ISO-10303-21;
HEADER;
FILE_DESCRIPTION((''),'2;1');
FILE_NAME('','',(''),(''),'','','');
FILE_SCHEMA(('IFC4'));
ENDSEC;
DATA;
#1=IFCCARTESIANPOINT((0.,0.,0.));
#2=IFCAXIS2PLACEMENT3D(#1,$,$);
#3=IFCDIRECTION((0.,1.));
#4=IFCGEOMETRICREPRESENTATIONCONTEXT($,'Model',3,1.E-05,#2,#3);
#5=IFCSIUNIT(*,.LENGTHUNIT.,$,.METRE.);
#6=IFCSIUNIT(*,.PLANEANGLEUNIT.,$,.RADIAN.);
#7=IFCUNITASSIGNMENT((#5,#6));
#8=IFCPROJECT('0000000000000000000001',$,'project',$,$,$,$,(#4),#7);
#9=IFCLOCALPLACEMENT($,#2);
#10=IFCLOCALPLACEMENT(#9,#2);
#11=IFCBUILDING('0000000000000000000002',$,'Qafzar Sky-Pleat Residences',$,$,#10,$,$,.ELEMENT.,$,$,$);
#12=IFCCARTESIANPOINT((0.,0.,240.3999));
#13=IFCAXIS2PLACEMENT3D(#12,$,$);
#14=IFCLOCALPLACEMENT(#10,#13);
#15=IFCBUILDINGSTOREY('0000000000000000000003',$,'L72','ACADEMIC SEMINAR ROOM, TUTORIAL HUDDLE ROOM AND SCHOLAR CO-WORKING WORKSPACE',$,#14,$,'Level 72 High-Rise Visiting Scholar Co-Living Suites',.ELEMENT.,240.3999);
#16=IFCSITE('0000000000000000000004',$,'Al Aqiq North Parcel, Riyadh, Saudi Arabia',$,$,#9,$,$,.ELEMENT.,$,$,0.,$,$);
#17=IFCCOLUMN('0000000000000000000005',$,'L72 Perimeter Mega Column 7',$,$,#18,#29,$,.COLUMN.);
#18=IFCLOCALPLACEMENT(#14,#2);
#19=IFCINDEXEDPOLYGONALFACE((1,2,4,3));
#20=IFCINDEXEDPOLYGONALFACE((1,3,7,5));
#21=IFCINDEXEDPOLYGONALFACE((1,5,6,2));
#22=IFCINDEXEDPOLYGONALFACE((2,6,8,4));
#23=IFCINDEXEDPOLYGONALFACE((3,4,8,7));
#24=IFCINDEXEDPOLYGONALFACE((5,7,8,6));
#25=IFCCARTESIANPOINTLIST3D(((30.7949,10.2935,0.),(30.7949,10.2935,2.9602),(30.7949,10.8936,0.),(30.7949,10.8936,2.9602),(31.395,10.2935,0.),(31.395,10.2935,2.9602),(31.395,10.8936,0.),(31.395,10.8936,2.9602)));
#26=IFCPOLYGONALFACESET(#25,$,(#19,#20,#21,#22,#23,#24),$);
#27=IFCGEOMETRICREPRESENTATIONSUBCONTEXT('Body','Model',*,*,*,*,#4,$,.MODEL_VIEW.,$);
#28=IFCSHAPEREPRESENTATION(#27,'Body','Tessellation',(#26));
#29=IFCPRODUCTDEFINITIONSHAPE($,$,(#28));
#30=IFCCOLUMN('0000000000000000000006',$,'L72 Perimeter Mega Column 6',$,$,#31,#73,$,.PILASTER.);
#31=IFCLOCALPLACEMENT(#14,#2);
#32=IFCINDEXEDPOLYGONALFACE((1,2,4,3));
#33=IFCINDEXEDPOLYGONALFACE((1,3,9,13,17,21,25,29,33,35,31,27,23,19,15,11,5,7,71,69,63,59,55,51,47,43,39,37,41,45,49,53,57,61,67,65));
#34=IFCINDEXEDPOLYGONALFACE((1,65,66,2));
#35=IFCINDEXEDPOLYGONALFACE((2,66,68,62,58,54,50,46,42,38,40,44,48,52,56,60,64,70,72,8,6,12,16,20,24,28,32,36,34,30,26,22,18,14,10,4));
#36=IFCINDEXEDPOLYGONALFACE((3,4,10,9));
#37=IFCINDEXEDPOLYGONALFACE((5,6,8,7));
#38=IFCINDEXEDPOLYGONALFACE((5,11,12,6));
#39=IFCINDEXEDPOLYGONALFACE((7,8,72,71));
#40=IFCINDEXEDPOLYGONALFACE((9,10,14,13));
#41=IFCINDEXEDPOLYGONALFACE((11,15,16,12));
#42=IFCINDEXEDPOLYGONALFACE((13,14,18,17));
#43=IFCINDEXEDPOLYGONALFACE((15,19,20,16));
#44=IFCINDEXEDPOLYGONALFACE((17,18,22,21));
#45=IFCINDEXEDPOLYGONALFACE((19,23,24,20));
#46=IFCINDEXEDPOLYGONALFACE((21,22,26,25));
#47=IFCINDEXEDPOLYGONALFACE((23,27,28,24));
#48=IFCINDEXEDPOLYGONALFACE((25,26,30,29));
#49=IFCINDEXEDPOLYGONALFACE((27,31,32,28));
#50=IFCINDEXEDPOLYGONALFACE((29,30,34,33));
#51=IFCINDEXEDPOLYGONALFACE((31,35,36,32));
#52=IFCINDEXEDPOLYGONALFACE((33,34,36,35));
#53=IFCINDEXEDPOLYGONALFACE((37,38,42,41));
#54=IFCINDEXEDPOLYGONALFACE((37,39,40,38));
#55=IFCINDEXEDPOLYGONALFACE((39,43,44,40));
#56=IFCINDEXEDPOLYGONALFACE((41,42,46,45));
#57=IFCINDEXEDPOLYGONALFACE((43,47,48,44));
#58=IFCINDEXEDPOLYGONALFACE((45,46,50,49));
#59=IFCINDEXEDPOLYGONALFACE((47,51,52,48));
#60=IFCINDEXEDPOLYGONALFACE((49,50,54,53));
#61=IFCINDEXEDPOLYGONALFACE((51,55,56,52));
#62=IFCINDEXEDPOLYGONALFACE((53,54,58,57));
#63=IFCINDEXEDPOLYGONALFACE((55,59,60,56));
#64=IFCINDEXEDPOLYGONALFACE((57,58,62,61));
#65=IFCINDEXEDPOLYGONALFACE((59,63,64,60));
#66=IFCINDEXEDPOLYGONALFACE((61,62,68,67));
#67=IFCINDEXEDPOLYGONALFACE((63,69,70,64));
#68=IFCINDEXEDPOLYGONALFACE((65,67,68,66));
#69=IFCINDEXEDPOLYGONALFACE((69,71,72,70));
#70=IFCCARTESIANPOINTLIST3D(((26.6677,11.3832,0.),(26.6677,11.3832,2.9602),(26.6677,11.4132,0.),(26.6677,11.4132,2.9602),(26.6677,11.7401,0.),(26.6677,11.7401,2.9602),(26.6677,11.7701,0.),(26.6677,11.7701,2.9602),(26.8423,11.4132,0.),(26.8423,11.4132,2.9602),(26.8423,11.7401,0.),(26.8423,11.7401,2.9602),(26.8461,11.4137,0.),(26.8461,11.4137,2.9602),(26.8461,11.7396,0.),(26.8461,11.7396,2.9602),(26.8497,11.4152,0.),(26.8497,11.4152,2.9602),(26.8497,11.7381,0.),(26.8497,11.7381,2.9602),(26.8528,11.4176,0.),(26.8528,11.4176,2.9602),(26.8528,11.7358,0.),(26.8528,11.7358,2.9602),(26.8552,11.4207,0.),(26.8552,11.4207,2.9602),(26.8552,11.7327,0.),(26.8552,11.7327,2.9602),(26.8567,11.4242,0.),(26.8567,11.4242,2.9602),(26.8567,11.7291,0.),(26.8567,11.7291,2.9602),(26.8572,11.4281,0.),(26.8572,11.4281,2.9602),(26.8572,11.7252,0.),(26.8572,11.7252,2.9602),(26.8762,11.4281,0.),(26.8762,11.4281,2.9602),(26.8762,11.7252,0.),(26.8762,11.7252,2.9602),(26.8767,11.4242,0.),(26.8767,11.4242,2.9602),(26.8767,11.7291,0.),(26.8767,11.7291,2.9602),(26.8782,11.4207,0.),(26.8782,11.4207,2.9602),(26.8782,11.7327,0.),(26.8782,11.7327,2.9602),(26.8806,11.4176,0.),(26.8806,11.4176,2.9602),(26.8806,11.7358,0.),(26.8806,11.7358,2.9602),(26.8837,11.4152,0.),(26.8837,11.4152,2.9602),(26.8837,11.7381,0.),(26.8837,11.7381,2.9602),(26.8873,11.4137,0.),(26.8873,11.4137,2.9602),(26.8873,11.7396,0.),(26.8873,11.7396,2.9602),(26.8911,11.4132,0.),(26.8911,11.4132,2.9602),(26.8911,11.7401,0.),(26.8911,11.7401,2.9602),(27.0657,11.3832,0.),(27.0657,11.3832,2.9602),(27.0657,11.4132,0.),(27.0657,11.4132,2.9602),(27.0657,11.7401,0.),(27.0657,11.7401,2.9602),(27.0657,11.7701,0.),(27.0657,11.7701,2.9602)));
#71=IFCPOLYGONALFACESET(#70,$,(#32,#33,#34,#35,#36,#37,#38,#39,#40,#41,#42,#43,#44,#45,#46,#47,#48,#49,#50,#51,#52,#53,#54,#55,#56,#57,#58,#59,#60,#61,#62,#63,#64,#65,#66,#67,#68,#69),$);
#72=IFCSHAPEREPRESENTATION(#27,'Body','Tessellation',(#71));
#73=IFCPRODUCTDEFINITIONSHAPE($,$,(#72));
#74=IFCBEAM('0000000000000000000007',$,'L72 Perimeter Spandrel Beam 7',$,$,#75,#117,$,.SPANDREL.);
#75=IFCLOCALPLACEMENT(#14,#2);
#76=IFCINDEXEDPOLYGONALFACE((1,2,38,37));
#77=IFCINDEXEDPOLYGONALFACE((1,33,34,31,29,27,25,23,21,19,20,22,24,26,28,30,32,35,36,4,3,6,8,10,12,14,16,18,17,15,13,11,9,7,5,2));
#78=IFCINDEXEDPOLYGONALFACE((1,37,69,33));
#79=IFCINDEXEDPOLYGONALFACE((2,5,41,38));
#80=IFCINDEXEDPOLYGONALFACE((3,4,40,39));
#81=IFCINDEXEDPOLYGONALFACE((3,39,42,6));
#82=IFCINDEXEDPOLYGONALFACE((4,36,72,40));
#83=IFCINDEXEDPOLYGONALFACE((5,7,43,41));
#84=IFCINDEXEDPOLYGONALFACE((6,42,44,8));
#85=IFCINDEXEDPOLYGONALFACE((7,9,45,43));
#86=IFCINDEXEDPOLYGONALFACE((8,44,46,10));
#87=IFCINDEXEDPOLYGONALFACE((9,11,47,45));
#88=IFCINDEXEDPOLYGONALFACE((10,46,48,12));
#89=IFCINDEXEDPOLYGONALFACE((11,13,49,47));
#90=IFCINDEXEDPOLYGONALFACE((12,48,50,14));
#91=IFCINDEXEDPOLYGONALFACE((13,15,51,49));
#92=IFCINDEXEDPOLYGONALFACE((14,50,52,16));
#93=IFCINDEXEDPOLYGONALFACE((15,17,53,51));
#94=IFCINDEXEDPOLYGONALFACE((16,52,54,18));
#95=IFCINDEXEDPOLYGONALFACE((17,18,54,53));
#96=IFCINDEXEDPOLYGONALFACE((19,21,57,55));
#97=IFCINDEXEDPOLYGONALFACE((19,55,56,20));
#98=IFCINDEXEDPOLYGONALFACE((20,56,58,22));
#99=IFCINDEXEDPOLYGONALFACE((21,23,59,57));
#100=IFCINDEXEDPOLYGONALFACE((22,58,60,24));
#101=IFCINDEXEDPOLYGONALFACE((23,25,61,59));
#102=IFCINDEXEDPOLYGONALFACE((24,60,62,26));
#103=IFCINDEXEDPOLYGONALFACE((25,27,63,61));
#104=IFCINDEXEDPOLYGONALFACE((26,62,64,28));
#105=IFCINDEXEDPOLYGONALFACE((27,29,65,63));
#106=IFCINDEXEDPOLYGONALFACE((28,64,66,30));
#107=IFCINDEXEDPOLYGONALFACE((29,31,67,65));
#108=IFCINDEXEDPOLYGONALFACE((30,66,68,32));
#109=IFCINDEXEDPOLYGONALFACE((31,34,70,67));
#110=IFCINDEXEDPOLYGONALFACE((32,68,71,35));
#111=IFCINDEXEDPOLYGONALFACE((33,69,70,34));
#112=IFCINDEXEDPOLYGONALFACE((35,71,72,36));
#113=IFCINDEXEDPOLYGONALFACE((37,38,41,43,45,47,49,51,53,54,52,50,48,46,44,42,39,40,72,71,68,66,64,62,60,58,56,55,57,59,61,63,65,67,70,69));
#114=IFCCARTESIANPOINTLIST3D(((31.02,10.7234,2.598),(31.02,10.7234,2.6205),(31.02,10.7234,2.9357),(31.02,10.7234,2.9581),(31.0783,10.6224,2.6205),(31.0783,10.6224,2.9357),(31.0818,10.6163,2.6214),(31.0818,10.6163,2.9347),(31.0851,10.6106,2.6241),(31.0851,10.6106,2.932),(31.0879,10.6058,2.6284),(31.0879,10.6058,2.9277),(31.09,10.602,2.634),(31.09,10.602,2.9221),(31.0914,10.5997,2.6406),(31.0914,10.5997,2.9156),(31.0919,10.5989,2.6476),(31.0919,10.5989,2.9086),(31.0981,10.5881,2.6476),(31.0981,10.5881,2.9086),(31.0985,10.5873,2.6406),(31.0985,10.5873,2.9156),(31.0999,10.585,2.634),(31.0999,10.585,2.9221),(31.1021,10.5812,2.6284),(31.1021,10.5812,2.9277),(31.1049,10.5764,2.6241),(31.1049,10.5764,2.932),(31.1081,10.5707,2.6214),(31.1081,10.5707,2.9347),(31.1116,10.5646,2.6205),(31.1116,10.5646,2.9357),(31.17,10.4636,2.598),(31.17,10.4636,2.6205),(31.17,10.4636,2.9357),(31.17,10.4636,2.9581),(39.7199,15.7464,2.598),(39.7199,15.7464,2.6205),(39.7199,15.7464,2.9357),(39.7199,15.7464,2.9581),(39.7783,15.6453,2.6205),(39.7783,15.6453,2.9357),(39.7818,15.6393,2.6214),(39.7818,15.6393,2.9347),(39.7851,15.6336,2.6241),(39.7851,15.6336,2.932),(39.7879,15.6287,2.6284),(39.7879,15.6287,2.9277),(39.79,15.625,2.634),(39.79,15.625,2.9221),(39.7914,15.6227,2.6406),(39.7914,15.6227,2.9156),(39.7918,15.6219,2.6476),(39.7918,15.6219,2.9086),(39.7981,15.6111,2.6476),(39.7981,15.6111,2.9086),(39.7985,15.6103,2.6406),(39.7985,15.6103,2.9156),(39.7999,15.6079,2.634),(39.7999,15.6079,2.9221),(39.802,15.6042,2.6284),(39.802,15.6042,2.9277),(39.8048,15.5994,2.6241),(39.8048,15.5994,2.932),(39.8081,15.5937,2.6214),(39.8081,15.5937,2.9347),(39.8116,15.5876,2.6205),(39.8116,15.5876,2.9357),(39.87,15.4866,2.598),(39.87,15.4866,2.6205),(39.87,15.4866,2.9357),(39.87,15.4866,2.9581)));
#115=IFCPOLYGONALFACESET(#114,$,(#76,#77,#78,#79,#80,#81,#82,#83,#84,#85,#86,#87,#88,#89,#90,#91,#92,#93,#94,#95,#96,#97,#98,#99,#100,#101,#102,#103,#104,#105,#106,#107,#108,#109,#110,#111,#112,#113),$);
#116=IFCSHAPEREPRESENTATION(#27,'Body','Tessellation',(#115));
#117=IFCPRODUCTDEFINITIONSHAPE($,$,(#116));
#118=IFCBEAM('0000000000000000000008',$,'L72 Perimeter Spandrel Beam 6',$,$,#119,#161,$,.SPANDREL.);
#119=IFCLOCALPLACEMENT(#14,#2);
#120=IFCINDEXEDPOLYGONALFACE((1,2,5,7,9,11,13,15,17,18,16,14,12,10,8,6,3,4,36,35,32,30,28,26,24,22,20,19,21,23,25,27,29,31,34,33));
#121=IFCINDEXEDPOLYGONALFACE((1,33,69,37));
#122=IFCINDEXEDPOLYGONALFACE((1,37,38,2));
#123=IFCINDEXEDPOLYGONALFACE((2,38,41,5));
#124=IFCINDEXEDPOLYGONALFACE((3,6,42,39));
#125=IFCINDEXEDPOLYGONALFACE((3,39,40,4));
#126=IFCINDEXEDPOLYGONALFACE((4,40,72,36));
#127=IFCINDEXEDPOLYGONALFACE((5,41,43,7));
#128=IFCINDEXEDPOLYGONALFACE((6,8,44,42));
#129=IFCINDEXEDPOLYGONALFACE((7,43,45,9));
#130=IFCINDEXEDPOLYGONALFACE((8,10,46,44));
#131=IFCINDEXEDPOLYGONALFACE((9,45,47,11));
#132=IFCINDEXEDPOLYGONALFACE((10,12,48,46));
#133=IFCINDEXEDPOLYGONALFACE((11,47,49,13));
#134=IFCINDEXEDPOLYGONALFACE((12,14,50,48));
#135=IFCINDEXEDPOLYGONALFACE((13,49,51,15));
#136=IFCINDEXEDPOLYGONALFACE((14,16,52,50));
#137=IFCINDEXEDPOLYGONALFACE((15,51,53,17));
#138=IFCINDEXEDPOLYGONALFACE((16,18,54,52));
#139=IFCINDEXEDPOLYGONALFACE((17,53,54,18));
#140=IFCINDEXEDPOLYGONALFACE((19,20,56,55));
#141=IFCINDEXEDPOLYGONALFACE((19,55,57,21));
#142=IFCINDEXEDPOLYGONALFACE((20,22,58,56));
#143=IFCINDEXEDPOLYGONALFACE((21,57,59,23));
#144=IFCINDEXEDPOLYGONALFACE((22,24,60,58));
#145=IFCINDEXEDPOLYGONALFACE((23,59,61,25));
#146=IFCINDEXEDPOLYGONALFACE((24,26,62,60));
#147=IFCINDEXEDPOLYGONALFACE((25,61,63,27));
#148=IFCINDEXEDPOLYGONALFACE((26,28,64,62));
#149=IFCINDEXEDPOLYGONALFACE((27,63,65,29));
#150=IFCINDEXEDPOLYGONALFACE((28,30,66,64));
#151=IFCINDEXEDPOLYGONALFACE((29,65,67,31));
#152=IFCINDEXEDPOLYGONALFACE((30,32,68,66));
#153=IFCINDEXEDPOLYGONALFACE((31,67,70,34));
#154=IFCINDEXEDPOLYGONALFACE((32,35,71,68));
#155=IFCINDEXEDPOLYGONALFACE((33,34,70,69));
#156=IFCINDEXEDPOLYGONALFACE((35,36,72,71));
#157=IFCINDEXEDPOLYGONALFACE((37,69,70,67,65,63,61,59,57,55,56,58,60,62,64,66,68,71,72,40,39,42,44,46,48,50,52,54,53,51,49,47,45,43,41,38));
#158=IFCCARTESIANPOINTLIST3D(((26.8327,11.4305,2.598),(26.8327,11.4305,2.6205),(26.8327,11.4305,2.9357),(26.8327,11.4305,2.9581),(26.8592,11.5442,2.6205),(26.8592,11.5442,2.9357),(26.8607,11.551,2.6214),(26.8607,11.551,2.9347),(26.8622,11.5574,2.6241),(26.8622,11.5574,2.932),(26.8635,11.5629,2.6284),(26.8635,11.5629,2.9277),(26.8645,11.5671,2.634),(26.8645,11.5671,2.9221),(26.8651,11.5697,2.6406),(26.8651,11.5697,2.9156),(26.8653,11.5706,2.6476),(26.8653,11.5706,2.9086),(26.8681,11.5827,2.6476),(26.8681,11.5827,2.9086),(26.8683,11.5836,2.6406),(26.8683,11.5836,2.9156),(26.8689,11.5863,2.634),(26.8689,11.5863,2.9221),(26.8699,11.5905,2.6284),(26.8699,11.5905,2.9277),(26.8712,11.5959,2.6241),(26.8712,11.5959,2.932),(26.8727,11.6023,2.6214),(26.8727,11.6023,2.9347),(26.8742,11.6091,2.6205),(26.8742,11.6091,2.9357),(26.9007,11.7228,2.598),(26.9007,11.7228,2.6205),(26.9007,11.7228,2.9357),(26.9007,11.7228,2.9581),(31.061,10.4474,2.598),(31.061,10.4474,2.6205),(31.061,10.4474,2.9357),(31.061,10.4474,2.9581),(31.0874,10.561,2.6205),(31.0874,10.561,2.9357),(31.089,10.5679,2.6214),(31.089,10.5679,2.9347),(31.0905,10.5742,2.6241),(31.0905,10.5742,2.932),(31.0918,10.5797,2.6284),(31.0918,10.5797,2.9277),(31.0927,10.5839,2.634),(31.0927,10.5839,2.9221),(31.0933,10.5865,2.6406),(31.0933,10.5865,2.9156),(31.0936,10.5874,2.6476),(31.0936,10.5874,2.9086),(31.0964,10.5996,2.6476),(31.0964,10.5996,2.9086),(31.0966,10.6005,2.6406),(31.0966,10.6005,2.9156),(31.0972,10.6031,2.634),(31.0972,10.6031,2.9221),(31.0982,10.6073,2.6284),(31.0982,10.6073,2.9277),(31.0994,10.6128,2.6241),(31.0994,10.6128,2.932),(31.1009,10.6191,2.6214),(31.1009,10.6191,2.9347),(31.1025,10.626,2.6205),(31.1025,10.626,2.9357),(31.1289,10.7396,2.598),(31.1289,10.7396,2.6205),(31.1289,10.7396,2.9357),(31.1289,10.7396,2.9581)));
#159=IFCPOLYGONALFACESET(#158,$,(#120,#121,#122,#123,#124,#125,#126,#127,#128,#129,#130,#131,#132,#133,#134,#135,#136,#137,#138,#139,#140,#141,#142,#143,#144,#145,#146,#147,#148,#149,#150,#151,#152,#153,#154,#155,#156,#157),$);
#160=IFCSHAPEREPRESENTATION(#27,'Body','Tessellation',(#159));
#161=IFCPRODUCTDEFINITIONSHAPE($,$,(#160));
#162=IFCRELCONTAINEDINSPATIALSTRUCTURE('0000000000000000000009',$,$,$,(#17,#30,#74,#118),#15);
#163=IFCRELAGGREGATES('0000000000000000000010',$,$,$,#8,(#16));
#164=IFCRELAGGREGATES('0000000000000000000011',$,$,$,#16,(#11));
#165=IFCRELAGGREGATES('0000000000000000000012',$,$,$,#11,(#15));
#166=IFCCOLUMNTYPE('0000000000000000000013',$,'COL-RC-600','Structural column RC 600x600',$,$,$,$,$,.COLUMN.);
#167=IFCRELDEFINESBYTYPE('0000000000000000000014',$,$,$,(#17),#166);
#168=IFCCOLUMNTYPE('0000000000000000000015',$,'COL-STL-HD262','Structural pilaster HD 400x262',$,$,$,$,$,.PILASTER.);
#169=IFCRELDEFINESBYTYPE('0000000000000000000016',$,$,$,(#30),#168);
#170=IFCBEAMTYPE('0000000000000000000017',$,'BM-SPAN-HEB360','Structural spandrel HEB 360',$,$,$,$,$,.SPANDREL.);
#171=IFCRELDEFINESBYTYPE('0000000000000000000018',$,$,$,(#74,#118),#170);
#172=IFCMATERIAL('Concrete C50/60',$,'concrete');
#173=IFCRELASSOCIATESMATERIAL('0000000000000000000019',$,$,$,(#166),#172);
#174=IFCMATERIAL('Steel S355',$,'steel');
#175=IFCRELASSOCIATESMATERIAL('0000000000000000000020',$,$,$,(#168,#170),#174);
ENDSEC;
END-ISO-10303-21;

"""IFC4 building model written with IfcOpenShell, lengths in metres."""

from ifc_helpers import new_model, si_unit, direction, frame, origin, origin_2d, place, context, subcontext, project, spatial, rectangle, i_section, extrude, source, transform, mapped, material, material_profile, profile_set, type_object, element, save


model = new_model("IFC4")

# Units and contexts
model_context = context("Model", 3, precision=1e-05, world=origin(), true_north=direction((0.0, 1.0)))
body_context = subcontext(model_context, "Body", "Model", "MODEL_VIEW")
ifc_project = project(units=[si_unit("LENGTHUNIT", "METRE"), si_unit("PLANEANGLEUNIT", "RADIAN")], contexts=[model_context])

# Site, building, storey
site_placement = place(None, origin())
site = spatial("IfcSite", under=ifc_project, at=site_placement, Name="Al Aqiq North Parcel, Riyadh, Saudi Arabia", CompositionType="ELEMENT", RefElevation=0.0)
building_placement = place(site_placement, origin())
building = spatial("IfcBuilding", under=site, at=building_placement, Name="Qafzar Sky-Pleat Residences", CompositionType="ELEMENT")
storey_placement = place(building_placement, frame((0.0, 0.0, 240.3999)))
storey = spatial("IfcBuildingStorey", under=building, at=storey_placement, Name="L72", Description="ACADEMIC SEMINAR ROOM, TUTORIAL HUDDLE ROOM AND SCHOLAR CO-WORKING WORKSPACE", LongName="Level 72 High-Rise Visiting Scholar Co-Living Suites", CompositionType="ELEMENT", Elevation=240.3999)

# Columns
ifc_material_1 = material(Name="Concrete C50/60", Category="concrete")
ifc_material_profile_1 = material_profile(ifc_material_1, rectangle(XDim=0.6001, YDim=0.6001, at=origin_2d()), Name="RC 600x600")
ifc_profile_set_1 = profile_set([ifc_material_profile_1], Name="Concrete C50/60")
column_type_1 = type_object("IfcColumnType", Name="COL-RC-600", Description="Structural column RC 600x600", PredefinedType="COLUMN", material=ifc_profile_set_1)
shared_shape_1 = source(origin(), body_context, "Body", "SweptSolid", [
    extrude(rectangle(XDim=0.6001, YDim=0.6001, at=origin_2d()), origin(), (0.0, 0.0, 1.0), 2.9602),
])
column_1_placement = place(storey_placement, frame((31.095, 10.5935, 0.0), z_axis=(0.0, 0.0, 1.0), x_axis=(1.0, 0.0, 0.0)))
element("IfcColumn", 1, at=column_1_placement, inside=storey, type_object=column_type_1, Name="L72 Perimeter Mega Column 7", PredefinedType="COLUMN", context=body_context, shape_type="MappedRepresentation", body=[
    mapped(shared_shape_1, transform((0.0, 0.0, 0.0), x_axis=(1.0, 0.0, 0.0), y_axis=(0.0, 1.0, 0.0), z_axis=(0.0, 0.0, 1.0), scale=1.0)),
])
ifc_material_2 = material(Name="Steel S355", Category="steel")
ifc_material_profile_2 = material_profile(ifc_material_2, i_section(OverallWidth=0.3979, OverallDepth=0.387, WebThickness=0.019, FlangeThickness=0.03, FilletRadius=0.0149, at=origin_2d()), Name="HD 400x262")
ifc_profile_set_2 = profile_set([ifc_material_profile_2], Name="Steel S355")
column_type_2 = type_object("IfcColumnType", Name="COL-STL-HD262", Description="Structural pilaster HD 400x262", PredefinedType="PILASTER", material=ifc_profile_set_2)
shared_shape_2 = source(origin(), body_context, "Body", "SweptSolid", [
    extrude(i_section(OverallWidth=0.3979, OverallDepth=0.387, WebThickness=0.019, FlangeThickness=0.03, FilletRadius=0.0149, at=origin_2d()), origin(), (0.0, 0.0, 1.0), 2.9602),
])
column_2_placement = place(storey_placement, frame((26.8667, 11.5767, 0.0), z_axis=(0.0, 0.0, 1.0), x_axis=(1.0, 0.0, 0.0)))
element("IfcColumn", 2, at=column_2_placement, inside=storey, type_object=column_type_2, Name="L72 Perimeter Mega Column 6", PredefinedType="PILASTER", context=body_context, shape_type="MappedRepresentation", body=[
    mapped(shared_shape_2, transform((0.0, 0.0, 0.0), x_axis=(1.0, 0.0, 0.0), y_axis=(0.0, 1.0, 0.0), z_axis=(0.0, 0.0, 1.0), scale=1.0)),
])

# Beams
ifc_material_profile_3 = material_profile(ifc_material_2, i_section(OverallWidth=0.3, OverallDepth=0.3601, WebThickness=0.0125, FlangeThickness=0.0225, FilletRadius=0.0271, at=origin_2d()), Name="HEB 360")
ifc_profile_set_3 = profile_set([ifc_material_profile_3], Name="Steel S355")
beam_type_1 = type_object("IfcBeamType", Name="BM-SPAN-HEB360", Description="Structural spandrel HEB 360", PredefinedType="SPANDREL", material=ifc_profile_set_3)
shared_shape_3 = source(origin(), body_context, "Body", "SweptSolid", [
    extrude(i_section(OverallWidth=0.3, OverallDepth=0.3601, WebThickness=0.0125, FlangeThickness=0.0225, FilletRadius=0.0271, at=origin_2d()), origin(), (0.0, 0.0, 1.0), 10.0459),
])
beam_1_placement = place(storey_placement, frame((31.095, 10.5935, 2.7781), z_axis=(0.866024, 0.500002, 0.0), x_axis=(-0.500002, 0.866024, 0.0)))
element("IfcBeam", 3, at=beam_1_placement, inside=storey, type_object=beam_type_1, Name="L72 Perimeter Spandrel Beam 7", PredefinedType="SPANDREL", context=body_context, shape_type="MappedRepresentation", body=[
    mapped(shared_shape_3, transform((0.0, 0.0, 0.0), x_axis=(1.0, 0.0, 0.0), y_axis=(0.0, 1.0, 0.0), z_axis=(0.0, 0.0, 1.0), scale=1.0)),
])
shared_shape_4 = source(origin(), body_context, "Body", "SweptSolid", [
    extrude(i_section(OverallWidth=0.3, OverallDepth=0.3601, WebThickness=0.0125, FlangeThickness=0.0225, FilletRadius=0.0271, at=origin_2d()), origin(), (0.0, 0.0, 1.0), 4.3411),
])
beam_2_placement = place(storey_placement, frame((26.8667, 11.5767, 2.7781), z_axis=(0.974016, -0.226478, 0.0), x_axis=(0.226478, 0.974016, 0.0)))
element("IfcBeam", 4, at=beam_2_placement, inside=storey, type_object=beam_type_1, Name="L72 Perimeter Spandrel Beam 6", PredefinedType="SPANDREL", context=body_context, shape_type="MappedRepresentation", body=[
    mapped(shared_shape_4, transform((0.0, 0.0, 0.0), x_axis=(1.0, 0.0, 0.0), y_axis=(0.0, 1.0, 0.0), z_axis=(0.0, 0.0, 1.0), scale=1.0)),
])

save(model, "model.ifc")
